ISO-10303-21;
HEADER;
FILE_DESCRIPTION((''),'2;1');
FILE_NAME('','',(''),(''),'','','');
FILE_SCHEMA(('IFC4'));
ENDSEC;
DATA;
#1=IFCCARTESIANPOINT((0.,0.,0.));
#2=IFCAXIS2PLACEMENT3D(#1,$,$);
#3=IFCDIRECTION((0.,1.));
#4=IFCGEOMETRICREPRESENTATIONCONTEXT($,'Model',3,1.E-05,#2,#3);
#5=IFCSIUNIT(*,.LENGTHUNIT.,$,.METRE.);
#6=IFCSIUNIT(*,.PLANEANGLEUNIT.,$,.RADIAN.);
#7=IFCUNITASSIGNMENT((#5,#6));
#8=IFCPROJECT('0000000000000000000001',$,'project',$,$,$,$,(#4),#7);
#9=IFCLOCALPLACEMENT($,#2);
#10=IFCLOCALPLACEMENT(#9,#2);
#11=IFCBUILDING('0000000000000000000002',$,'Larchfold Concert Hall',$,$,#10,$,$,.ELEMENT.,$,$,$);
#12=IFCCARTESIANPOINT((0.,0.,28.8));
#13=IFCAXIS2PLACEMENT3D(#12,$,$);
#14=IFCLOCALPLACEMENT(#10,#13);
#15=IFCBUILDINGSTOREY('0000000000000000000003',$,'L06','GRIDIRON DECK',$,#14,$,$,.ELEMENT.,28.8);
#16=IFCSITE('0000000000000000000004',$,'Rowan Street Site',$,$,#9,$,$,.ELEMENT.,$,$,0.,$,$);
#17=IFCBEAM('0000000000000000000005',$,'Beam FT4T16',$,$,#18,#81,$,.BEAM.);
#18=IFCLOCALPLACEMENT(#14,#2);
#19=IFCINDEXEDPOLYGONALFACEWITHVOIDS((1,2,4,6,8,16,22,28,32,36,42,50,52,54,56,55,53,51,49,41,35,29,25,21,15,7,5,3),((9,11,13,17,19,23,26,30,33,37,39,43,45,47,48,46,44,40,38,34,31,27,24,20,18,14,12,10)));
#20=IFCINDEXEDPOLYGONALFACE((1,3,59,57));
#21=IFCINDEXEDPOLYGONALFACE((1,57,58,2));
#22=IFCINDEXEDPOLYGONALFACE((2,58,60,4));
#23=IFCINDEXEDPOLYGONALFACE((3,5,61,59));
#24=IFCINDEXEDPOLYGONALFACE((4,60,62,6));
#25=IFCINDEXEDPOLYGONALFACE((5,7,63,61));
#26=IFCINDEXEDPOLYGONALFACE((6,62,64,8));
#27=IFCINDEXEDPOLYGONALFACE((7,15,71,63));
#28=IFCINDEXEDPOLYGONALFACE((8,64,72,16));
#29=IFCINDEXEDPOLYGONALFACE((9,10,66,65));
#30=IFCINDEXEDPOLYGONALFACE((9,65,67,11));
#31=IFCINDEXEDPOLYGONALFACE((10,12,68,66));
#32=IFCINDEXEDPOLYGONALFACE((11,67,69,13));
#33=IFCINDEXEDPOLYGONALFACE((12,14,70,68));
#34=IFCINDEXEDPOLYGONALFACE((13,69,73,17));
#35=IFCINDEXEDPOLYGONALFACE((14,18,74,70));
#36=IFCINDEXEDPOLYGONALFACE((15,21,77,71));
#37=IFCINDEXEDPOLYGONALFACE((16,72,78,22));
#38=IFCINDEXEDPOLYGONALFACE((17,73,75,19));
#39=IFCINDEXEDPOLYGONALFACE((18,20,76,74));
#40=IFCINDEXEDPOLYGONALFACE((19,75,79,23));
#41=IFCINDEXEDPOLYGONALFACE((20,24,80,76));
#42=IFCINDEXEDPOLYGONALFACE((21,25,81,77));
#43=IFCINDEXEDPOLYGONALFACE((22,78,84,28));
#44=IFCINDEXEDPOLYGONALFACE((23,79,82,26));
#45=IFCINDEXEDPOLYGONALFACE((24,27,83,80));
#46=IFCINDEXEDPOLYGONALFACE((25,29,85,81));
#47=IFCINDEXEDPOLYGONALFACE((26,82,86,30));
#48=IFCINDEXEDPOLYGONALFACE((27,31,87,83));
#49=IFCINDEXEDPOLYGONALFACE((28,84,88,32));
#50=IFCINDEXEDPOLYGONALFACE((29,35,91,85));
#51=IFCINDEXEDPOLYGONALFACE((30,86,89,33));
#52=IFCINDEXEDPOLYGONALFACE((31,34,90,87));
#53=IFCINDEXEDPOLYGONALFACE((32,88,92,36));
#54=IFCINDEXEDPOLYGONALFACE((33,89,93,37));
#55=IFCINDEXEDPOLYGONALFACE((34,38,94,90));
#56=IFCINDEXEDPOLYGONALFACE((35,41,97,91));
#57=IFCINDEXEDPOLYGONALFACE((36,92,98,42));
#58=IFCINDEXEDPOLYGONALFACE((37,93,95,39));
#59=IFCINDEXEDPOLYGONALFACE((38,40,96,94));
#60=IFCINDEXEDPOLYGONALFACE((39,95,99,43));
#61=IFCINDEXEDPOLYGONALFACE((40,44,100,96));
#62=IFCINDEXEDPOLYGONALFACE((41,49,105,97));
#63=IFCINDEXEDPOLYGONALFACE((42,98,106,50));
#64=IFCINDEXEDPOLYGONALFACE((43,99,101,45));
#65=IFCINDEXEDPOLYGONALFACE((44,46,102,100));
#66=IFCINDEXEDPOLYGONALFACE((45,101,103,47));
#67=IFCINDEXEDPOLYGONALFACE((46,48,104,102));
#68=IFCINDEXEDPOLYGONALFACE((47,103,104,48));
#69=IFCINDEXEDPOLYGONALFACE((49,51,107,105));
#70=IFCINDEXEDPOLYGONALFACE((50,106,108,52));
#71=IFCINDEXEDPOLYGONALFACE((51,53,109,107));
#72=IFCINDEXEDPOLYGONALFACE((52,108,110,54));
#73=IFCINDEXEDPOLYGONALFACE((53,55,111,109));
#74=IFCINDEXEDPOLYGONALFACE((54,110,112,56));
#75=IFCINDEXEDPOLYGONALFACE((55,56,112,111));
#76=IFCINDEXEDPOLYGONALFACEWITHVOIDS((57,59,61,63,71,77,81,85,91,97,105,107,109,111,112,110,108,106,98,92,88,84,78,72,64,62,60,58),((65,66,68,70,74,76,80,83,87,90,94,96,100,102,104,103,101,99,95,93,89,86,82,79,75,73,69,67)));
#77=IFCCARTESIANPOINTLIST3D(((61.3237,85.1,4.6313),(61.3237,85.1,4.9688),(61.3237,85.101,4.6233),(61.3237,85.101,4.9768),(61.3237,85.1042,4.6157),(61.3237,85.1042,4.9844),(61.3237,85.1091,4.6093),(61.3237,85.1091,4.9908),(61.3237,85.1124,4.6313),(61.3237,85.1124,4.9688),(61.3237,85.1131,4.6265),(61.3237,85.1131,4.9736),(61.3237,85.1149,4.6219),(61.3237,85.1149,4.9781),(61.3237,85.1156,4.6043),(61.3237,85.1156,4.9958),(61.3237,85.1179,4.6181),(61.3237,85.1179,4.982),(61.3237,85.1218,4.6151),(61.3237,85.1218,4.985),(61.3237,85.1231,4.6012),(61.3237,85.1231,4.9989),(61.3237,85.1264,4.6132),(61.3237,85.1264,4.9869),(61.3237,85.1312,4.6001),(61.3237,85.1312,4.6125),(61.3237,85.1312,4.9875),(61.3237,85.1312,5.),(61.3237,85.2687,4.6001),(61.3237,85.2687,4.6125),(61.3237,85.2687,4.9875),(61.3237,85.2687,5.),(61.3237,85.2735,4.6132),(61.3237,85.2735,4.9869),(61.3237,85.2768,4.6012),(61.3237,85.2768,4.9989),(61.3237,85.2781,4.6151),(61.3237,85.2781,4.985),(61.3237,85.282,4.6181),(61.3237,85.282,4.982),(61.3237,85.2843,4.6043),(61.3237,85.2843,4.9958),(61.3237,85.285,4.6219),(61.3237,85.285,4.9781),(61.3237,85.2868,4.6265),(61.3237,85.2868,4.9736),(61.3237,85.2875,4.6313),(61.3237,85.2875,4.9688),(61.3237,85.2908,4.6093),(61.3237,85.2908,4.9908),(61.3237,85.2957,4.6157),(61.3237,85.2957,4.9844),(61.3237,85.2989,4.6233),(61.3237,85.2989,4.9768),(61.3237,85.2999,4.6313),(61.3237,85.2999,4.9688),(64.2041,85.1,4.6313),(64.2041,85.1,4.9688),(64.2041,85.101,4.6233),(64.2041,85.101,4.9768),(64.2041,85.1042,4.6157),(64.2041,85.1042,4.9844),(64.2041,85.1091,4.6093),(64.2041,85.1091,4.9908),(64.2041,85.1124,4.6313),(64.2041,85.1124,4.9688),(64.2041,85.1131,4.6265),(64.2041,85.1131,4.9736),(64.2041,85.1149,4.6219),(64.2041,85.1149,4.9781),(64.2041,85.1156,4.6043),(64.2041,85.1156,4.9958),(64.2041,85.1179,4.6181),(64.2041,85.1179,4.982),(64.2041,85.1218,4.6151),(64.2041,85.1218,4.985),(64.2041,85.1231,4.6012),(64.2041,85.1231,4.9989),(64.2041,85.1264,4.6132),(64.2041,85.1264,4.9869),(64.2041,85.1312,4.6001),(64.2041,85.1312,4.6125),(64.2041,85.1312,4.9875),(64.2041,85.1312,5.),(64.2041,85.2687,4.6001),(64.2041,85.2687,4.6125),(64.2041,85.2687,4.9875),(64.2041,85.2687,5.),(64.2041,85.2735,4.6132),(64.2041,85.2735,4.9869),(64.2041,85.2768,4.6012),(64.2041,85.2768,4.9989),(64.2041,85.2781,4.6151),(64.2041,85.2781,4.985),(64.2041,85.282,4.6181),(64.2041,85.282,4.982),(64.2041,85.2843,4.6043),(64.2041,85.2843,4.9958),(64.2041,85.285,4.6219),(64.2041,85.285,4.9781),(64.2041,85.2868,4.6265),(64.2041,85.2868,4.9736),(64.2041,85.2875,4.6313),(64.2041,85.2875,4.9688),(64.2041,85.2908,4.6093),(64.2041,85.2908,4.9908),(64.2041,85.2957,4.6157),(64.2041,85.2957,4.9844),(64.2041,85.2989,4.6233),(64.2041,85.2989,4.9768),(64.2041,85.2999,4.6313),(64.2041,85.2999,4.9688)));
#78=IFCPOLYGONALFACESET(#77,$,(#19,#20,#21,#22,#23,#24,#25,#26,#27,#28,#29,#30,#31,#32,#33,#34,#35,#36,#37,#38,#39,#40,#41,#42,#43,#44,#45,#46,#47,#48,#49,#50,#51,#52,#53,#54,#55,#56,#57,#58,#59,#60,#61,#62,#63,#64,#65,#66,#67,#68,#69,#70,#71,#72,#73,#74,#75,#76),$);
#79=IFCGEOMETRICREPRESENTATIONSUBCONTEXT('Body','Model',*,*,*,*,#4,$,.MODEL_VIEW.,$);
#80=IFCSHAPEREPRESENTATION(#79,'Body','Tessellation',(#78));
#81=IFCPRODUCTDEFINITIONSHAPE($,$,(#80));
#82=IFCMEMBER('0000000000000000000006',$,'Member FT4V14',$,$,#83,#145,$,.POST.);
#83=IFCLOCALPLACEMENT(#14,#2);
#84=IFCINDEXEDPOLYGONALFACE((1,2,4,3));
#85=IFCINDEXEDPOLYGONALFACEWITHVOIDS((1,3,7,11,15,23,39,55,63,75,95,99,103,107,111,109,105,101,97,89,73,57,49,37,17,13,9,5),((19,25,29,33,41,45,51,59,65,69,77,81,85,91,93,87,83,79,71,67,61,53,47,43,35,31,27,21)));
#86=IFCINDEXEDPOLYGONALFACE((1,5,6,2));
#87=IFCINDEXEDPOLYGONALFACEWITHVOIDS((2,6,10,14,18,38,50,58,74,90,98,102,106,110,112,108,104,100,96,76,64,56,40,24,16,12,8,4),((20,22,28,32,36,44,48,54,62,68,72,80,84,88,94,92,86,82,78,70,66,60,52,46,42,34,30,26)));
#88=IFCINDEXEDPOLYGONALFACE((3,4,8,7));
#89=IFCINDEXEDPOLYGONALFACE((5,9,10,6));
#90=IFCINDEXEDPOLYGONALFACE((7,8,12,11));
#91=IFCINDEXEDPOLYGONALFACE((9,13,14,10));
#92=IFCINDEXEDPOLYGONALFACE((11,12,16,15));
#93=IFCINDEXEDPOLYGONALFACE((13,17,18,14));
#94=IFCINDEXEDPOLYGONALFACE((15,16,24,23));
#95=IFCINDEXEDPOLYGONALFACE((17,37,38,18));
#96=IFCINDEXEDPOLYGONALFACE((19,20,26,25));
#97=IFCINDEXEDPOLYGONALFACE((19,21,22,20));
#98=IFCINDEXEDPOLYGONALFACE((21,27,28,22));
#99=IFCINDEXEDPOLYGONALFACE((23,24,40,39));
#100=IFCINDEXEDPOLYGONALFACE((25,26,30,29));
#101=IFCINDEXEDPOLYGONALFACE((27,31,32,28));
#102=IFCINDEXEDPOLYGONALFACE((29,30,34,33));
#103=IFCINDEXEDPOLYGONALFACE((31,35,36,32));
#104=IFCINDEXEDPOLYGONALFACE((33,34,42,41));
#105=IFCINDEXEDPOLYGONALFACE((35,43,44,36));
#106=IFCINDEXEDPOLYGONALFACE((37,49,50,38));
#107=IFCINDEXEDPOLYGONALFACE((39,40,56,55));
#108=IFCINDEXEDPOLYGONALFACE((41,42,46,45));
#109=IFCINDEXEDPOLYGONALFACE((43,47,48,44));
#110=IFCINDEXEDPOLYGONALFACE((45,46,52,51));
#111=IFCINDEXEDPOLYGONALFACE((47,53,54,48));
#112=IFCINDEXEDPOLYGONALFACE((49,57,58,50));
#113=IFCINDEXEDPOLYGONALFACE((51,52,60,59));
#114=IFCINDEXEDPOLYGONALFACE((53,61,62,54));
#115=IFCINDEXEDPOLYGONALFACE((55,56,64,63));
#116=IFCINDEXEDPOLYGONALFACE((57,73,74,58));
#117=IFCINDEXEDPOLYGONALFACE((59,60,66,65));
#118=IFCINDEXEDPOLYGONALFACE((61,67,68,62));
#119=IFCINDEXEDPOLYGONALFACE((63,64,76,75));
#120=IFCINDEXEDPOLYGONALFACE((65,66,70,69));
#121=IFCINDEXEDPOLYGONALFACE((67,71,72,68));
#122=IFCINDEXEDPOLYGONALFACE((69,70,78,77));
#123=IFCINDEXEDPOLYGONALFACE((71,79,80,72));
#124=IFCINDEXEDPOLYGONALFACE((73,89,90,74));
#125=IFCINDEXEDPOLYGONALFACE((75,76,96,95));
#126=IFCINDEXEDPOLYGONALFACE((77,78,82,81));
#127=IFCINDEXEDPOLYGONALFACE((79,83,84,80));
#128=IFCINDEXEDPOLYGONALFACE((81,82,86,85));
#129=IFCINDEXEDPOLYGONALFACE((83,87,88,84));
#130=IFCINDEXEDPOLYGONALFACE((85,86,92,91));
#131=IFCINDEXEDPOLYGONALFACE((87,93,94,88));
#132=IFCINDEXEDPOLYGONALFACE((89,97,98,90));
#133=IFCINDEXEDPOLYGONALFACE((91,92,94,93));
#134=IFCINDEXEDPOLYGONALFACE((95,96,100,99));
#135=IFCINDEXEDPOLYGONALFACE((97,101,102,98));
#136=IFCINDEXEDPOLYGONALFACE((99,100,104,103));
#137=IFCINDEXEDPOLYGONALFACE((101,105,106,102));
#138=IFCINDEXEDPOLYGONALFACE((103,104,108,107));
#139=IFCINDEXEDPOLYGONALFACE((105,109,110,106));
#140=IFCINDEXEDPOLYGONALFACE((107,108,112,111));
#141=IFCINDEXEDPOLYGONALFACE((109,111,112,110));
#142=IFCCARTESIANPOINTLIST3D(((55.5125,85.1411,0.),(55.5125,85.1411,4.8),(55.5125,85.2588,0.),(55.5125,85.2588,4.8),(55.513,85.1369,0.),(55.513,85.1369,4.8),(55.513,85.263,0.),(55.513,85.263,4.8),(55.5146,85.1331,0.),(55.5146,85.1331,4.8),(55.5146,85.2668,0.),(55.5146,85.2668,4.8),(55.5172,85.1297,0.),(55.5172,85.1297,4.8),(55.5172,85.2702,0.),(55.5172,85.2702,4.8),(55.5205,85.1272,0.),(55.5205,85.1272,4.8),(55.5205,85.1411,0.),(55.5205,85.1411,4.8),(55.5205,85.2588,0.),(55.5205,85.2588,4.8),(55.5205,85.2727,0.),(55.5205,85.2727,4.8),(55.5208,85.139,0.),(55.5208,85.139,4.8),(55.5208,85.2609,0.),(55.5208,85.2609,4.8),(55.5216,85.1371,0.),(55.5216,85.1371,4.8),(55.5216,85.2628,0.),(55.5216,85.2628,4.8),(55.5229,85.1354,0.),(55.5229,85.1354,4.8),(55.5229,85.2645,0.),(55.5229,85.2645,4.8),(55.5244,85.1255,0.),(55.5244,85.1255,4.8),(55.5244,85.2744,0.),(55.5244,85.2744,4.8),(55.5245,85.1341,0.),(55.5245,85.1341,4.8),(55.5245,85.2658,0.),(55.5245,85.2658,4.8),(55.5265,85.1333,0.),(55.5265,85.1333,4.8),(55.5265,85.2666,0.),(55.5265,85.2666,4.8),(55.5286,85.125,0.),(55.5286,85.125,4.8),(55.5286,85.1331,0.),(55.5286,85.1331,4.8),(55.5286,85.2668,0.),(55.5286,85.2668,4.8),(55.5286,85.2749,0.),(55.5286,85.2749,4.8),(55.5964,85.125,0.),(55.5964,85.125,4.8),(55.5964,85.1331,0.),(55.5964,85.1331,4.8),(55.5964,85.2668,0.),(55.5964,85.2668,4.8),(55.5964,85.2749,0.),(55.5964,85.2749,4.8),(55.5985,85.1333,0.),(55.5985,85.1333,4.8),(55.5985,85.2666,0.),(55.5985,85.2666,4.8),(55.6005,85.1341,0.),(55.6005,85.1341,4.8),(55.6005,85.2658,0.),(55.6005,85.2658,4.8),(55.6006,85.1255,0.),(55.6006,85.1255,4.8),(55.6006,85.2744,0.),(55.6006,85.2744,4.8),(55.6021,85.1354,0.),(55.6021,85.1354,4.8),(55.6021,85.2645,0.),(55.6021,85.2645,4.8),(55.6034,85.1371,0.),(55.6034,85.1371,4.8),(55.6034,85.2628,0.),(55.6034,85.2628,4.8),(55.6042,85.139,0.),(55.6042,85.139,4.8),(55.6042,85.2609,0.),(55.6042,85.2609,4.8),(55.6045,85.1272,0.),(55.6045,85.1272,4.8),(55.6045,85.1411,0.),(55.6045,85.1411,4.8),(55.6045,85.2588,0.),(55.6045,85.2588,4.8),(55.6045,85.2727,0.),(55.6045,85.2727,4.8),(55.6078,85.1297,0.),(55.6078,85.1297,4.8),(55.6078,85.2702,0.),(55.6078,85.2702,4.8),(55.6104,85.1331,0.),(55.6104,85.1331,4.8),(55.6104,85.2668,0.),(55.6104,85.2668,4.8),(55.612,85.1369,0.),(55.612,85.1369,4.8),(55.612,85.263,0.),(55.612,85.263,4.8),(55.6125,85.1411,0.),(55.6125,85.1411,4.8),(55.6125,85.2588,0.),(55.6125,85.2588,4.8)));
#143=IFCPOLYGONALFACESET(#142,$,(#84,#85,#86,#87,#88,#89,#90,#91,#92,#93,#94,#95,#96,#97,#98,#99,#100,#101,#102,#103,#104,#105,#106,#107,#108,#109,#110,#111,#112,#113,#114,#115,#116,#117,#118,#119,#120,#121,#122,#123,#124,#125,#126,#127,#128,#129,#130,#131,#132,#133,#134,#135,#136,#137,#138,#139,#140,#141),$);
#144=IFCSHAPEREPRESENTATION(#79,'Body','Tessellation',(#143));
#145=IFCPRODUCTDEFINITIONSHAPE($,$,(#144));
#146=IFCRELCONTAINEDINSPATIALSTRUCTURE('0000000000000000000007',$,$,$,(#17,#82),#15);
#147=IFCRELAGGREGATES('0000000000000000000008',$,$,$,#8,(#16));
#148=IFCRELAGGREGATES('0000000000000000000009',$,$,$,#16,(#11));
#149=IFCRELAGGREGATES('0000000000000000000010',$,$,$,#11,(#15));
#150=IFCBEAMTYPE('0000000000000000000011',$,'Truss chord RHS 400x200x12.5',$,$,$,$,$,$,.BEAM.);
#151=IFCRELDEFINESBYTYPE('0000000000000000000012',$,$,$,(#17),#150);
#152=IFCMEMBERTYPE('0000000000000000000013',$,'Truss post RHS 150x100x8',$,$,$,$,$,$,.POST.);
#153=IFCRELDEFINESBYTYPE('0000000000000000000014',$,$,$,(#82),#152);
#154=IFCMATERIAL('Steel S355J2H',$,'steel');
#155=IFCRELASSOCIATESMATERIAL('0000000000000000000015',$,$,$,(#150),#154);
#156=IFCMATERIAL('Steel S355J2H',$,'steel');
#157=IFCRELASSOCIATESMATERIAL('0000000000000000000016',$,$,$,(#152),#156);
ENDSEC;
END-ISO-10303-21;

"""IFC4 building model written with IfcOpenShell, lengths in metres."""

from ifc_helpers import new_model, si_unit, direction, frame, origin, origin_2d, place, context, subcontext, project, spatial, hollow_rectangle, extrude, material, material_profile, profile_set, type_object, element, save


model = new_model("IFC4")

# Units and contexts
model_context = context("Model", 3, precision=1e-05, world=origin(), true_north=direction((0.0, 1.0)))
body_context = subcontext(model_context, "Body", "Model", "MODEL_VIEW")
ifc_project = project(units=[si_unit("LENGTHUNIT", "METRE"), si_unit("PLANEANGLEUNIT", "RADIAN")], contexts=[model_context])

# Site, building, storey
site_placement = place(None, origin())
site = spatial("IfcSite", under=ifc_project, at=site_placement, Name="Rowan Street Site", CompositionType="ELEMENT", RefElevation=0.0)
building_placement = place(site_placement, origin())
building = spatial("IfcBuilding", under=site, at=building_placement, Name="Larchfold Concert Hall", CompositionType="ELEMENT")
storey_placement = place(building_placement, frame((0.0, 0.0, 28.8)))
storey = spatial("IfcBuildingStorey", under=building, at=storey_placement, Name="L06", Description="GRIDIRON DECK", CompositionType="ELEMENT", Elevation=28.8)

# Beam
ifc_material_1 = material(Name="Steel S355J2H", Category="steel")
ifc_material_profile_1 = material_profile(ifc_material_1, hollow_rectangle(XDim=0.2, YDim=0.3999, WallThickness=0.0125, InnerFilletRadius=0.0188, OuterFilletRadius=0.0312, at=origin_2d()))
ifc_profile_set_1 = profile_set([ifc_material_profile_1], Name="Steel S355J2H")
beam_type_1 = type_object("IfcBeamType", Name="Truss chord RHS 400x200x12.5", PredefinedType="BEAM", material=ifc_profile_set_1)
beam_1_placement = place(storey_placement, frame((61.3237, 85.2, 4.8), z_axis=(1.0, 0.0, 0.0), x_axis=(0.0, 1.0, 0.0)))
element("IfcBeam", 1, at=beam_1_placement, inside=storey, type_object=beam_type_1, Name="Beam FT4T16", PredefinedType="BEAM", context=body_context, shape_type="SweptSolid", body=[
    extrude(hollow_rectangle(XDim=0.2, YDim=0.3999, WallThickness=0.0125, InnerFilletRadius=0.0188, OuterFilletRadius=0.0312, at=origin_2d()), origin(), (0.0, 0.0, 1.0), 2.8804),
])

# Member
ifc_material_2 = material(Name="Steel S355J2H", Category="steel")
ifc_material_profile_2 = material_profile(ifc_material_2, hollow_rectangle(XDim=0.1001, YDim=0.1499, WallThickness=0.0081, InnerFilletRadius=0.0081, OuterFilletRadius=0.0161, at=origin_2d()))
ifc_profile_set_2 = profile_set([ifc_material_profile_2], Name="Steel S355J2H")
member_type_1 = type_object("IfcMemberType", Name="Truss post RHS 150x100x8", PredefinedType="POST", material=ifc_profile_set_2)
for number, where, z_axis, x_axis, name in (
    (2, (55.5625, 85.2, 4.8), (0.0, 0.0, -1.0), (1.0, 0.0, 0.0), "Member FT4V14"),
):
    element("IfcMember", number, at=place(storey_placement, frame(where, z_axis=z_axis, x_axis=x_axis)), inside=storey, type_object=member_type_1, Name=name, PredefinedType="POST", context=body_context, shape_type="SweptSolid", body=[
        extrude(hollow_rectangle(XDim=0.1001, YDim=0.1499, WallThickness=0.0081, InnerFilletRadius=0.0081, OuterFilletRadius=0.0161, at=origin_2d()), origin(), (0.0, 0.0, 1.0), 4.8),
    ])

save(model, "model.ifc")
